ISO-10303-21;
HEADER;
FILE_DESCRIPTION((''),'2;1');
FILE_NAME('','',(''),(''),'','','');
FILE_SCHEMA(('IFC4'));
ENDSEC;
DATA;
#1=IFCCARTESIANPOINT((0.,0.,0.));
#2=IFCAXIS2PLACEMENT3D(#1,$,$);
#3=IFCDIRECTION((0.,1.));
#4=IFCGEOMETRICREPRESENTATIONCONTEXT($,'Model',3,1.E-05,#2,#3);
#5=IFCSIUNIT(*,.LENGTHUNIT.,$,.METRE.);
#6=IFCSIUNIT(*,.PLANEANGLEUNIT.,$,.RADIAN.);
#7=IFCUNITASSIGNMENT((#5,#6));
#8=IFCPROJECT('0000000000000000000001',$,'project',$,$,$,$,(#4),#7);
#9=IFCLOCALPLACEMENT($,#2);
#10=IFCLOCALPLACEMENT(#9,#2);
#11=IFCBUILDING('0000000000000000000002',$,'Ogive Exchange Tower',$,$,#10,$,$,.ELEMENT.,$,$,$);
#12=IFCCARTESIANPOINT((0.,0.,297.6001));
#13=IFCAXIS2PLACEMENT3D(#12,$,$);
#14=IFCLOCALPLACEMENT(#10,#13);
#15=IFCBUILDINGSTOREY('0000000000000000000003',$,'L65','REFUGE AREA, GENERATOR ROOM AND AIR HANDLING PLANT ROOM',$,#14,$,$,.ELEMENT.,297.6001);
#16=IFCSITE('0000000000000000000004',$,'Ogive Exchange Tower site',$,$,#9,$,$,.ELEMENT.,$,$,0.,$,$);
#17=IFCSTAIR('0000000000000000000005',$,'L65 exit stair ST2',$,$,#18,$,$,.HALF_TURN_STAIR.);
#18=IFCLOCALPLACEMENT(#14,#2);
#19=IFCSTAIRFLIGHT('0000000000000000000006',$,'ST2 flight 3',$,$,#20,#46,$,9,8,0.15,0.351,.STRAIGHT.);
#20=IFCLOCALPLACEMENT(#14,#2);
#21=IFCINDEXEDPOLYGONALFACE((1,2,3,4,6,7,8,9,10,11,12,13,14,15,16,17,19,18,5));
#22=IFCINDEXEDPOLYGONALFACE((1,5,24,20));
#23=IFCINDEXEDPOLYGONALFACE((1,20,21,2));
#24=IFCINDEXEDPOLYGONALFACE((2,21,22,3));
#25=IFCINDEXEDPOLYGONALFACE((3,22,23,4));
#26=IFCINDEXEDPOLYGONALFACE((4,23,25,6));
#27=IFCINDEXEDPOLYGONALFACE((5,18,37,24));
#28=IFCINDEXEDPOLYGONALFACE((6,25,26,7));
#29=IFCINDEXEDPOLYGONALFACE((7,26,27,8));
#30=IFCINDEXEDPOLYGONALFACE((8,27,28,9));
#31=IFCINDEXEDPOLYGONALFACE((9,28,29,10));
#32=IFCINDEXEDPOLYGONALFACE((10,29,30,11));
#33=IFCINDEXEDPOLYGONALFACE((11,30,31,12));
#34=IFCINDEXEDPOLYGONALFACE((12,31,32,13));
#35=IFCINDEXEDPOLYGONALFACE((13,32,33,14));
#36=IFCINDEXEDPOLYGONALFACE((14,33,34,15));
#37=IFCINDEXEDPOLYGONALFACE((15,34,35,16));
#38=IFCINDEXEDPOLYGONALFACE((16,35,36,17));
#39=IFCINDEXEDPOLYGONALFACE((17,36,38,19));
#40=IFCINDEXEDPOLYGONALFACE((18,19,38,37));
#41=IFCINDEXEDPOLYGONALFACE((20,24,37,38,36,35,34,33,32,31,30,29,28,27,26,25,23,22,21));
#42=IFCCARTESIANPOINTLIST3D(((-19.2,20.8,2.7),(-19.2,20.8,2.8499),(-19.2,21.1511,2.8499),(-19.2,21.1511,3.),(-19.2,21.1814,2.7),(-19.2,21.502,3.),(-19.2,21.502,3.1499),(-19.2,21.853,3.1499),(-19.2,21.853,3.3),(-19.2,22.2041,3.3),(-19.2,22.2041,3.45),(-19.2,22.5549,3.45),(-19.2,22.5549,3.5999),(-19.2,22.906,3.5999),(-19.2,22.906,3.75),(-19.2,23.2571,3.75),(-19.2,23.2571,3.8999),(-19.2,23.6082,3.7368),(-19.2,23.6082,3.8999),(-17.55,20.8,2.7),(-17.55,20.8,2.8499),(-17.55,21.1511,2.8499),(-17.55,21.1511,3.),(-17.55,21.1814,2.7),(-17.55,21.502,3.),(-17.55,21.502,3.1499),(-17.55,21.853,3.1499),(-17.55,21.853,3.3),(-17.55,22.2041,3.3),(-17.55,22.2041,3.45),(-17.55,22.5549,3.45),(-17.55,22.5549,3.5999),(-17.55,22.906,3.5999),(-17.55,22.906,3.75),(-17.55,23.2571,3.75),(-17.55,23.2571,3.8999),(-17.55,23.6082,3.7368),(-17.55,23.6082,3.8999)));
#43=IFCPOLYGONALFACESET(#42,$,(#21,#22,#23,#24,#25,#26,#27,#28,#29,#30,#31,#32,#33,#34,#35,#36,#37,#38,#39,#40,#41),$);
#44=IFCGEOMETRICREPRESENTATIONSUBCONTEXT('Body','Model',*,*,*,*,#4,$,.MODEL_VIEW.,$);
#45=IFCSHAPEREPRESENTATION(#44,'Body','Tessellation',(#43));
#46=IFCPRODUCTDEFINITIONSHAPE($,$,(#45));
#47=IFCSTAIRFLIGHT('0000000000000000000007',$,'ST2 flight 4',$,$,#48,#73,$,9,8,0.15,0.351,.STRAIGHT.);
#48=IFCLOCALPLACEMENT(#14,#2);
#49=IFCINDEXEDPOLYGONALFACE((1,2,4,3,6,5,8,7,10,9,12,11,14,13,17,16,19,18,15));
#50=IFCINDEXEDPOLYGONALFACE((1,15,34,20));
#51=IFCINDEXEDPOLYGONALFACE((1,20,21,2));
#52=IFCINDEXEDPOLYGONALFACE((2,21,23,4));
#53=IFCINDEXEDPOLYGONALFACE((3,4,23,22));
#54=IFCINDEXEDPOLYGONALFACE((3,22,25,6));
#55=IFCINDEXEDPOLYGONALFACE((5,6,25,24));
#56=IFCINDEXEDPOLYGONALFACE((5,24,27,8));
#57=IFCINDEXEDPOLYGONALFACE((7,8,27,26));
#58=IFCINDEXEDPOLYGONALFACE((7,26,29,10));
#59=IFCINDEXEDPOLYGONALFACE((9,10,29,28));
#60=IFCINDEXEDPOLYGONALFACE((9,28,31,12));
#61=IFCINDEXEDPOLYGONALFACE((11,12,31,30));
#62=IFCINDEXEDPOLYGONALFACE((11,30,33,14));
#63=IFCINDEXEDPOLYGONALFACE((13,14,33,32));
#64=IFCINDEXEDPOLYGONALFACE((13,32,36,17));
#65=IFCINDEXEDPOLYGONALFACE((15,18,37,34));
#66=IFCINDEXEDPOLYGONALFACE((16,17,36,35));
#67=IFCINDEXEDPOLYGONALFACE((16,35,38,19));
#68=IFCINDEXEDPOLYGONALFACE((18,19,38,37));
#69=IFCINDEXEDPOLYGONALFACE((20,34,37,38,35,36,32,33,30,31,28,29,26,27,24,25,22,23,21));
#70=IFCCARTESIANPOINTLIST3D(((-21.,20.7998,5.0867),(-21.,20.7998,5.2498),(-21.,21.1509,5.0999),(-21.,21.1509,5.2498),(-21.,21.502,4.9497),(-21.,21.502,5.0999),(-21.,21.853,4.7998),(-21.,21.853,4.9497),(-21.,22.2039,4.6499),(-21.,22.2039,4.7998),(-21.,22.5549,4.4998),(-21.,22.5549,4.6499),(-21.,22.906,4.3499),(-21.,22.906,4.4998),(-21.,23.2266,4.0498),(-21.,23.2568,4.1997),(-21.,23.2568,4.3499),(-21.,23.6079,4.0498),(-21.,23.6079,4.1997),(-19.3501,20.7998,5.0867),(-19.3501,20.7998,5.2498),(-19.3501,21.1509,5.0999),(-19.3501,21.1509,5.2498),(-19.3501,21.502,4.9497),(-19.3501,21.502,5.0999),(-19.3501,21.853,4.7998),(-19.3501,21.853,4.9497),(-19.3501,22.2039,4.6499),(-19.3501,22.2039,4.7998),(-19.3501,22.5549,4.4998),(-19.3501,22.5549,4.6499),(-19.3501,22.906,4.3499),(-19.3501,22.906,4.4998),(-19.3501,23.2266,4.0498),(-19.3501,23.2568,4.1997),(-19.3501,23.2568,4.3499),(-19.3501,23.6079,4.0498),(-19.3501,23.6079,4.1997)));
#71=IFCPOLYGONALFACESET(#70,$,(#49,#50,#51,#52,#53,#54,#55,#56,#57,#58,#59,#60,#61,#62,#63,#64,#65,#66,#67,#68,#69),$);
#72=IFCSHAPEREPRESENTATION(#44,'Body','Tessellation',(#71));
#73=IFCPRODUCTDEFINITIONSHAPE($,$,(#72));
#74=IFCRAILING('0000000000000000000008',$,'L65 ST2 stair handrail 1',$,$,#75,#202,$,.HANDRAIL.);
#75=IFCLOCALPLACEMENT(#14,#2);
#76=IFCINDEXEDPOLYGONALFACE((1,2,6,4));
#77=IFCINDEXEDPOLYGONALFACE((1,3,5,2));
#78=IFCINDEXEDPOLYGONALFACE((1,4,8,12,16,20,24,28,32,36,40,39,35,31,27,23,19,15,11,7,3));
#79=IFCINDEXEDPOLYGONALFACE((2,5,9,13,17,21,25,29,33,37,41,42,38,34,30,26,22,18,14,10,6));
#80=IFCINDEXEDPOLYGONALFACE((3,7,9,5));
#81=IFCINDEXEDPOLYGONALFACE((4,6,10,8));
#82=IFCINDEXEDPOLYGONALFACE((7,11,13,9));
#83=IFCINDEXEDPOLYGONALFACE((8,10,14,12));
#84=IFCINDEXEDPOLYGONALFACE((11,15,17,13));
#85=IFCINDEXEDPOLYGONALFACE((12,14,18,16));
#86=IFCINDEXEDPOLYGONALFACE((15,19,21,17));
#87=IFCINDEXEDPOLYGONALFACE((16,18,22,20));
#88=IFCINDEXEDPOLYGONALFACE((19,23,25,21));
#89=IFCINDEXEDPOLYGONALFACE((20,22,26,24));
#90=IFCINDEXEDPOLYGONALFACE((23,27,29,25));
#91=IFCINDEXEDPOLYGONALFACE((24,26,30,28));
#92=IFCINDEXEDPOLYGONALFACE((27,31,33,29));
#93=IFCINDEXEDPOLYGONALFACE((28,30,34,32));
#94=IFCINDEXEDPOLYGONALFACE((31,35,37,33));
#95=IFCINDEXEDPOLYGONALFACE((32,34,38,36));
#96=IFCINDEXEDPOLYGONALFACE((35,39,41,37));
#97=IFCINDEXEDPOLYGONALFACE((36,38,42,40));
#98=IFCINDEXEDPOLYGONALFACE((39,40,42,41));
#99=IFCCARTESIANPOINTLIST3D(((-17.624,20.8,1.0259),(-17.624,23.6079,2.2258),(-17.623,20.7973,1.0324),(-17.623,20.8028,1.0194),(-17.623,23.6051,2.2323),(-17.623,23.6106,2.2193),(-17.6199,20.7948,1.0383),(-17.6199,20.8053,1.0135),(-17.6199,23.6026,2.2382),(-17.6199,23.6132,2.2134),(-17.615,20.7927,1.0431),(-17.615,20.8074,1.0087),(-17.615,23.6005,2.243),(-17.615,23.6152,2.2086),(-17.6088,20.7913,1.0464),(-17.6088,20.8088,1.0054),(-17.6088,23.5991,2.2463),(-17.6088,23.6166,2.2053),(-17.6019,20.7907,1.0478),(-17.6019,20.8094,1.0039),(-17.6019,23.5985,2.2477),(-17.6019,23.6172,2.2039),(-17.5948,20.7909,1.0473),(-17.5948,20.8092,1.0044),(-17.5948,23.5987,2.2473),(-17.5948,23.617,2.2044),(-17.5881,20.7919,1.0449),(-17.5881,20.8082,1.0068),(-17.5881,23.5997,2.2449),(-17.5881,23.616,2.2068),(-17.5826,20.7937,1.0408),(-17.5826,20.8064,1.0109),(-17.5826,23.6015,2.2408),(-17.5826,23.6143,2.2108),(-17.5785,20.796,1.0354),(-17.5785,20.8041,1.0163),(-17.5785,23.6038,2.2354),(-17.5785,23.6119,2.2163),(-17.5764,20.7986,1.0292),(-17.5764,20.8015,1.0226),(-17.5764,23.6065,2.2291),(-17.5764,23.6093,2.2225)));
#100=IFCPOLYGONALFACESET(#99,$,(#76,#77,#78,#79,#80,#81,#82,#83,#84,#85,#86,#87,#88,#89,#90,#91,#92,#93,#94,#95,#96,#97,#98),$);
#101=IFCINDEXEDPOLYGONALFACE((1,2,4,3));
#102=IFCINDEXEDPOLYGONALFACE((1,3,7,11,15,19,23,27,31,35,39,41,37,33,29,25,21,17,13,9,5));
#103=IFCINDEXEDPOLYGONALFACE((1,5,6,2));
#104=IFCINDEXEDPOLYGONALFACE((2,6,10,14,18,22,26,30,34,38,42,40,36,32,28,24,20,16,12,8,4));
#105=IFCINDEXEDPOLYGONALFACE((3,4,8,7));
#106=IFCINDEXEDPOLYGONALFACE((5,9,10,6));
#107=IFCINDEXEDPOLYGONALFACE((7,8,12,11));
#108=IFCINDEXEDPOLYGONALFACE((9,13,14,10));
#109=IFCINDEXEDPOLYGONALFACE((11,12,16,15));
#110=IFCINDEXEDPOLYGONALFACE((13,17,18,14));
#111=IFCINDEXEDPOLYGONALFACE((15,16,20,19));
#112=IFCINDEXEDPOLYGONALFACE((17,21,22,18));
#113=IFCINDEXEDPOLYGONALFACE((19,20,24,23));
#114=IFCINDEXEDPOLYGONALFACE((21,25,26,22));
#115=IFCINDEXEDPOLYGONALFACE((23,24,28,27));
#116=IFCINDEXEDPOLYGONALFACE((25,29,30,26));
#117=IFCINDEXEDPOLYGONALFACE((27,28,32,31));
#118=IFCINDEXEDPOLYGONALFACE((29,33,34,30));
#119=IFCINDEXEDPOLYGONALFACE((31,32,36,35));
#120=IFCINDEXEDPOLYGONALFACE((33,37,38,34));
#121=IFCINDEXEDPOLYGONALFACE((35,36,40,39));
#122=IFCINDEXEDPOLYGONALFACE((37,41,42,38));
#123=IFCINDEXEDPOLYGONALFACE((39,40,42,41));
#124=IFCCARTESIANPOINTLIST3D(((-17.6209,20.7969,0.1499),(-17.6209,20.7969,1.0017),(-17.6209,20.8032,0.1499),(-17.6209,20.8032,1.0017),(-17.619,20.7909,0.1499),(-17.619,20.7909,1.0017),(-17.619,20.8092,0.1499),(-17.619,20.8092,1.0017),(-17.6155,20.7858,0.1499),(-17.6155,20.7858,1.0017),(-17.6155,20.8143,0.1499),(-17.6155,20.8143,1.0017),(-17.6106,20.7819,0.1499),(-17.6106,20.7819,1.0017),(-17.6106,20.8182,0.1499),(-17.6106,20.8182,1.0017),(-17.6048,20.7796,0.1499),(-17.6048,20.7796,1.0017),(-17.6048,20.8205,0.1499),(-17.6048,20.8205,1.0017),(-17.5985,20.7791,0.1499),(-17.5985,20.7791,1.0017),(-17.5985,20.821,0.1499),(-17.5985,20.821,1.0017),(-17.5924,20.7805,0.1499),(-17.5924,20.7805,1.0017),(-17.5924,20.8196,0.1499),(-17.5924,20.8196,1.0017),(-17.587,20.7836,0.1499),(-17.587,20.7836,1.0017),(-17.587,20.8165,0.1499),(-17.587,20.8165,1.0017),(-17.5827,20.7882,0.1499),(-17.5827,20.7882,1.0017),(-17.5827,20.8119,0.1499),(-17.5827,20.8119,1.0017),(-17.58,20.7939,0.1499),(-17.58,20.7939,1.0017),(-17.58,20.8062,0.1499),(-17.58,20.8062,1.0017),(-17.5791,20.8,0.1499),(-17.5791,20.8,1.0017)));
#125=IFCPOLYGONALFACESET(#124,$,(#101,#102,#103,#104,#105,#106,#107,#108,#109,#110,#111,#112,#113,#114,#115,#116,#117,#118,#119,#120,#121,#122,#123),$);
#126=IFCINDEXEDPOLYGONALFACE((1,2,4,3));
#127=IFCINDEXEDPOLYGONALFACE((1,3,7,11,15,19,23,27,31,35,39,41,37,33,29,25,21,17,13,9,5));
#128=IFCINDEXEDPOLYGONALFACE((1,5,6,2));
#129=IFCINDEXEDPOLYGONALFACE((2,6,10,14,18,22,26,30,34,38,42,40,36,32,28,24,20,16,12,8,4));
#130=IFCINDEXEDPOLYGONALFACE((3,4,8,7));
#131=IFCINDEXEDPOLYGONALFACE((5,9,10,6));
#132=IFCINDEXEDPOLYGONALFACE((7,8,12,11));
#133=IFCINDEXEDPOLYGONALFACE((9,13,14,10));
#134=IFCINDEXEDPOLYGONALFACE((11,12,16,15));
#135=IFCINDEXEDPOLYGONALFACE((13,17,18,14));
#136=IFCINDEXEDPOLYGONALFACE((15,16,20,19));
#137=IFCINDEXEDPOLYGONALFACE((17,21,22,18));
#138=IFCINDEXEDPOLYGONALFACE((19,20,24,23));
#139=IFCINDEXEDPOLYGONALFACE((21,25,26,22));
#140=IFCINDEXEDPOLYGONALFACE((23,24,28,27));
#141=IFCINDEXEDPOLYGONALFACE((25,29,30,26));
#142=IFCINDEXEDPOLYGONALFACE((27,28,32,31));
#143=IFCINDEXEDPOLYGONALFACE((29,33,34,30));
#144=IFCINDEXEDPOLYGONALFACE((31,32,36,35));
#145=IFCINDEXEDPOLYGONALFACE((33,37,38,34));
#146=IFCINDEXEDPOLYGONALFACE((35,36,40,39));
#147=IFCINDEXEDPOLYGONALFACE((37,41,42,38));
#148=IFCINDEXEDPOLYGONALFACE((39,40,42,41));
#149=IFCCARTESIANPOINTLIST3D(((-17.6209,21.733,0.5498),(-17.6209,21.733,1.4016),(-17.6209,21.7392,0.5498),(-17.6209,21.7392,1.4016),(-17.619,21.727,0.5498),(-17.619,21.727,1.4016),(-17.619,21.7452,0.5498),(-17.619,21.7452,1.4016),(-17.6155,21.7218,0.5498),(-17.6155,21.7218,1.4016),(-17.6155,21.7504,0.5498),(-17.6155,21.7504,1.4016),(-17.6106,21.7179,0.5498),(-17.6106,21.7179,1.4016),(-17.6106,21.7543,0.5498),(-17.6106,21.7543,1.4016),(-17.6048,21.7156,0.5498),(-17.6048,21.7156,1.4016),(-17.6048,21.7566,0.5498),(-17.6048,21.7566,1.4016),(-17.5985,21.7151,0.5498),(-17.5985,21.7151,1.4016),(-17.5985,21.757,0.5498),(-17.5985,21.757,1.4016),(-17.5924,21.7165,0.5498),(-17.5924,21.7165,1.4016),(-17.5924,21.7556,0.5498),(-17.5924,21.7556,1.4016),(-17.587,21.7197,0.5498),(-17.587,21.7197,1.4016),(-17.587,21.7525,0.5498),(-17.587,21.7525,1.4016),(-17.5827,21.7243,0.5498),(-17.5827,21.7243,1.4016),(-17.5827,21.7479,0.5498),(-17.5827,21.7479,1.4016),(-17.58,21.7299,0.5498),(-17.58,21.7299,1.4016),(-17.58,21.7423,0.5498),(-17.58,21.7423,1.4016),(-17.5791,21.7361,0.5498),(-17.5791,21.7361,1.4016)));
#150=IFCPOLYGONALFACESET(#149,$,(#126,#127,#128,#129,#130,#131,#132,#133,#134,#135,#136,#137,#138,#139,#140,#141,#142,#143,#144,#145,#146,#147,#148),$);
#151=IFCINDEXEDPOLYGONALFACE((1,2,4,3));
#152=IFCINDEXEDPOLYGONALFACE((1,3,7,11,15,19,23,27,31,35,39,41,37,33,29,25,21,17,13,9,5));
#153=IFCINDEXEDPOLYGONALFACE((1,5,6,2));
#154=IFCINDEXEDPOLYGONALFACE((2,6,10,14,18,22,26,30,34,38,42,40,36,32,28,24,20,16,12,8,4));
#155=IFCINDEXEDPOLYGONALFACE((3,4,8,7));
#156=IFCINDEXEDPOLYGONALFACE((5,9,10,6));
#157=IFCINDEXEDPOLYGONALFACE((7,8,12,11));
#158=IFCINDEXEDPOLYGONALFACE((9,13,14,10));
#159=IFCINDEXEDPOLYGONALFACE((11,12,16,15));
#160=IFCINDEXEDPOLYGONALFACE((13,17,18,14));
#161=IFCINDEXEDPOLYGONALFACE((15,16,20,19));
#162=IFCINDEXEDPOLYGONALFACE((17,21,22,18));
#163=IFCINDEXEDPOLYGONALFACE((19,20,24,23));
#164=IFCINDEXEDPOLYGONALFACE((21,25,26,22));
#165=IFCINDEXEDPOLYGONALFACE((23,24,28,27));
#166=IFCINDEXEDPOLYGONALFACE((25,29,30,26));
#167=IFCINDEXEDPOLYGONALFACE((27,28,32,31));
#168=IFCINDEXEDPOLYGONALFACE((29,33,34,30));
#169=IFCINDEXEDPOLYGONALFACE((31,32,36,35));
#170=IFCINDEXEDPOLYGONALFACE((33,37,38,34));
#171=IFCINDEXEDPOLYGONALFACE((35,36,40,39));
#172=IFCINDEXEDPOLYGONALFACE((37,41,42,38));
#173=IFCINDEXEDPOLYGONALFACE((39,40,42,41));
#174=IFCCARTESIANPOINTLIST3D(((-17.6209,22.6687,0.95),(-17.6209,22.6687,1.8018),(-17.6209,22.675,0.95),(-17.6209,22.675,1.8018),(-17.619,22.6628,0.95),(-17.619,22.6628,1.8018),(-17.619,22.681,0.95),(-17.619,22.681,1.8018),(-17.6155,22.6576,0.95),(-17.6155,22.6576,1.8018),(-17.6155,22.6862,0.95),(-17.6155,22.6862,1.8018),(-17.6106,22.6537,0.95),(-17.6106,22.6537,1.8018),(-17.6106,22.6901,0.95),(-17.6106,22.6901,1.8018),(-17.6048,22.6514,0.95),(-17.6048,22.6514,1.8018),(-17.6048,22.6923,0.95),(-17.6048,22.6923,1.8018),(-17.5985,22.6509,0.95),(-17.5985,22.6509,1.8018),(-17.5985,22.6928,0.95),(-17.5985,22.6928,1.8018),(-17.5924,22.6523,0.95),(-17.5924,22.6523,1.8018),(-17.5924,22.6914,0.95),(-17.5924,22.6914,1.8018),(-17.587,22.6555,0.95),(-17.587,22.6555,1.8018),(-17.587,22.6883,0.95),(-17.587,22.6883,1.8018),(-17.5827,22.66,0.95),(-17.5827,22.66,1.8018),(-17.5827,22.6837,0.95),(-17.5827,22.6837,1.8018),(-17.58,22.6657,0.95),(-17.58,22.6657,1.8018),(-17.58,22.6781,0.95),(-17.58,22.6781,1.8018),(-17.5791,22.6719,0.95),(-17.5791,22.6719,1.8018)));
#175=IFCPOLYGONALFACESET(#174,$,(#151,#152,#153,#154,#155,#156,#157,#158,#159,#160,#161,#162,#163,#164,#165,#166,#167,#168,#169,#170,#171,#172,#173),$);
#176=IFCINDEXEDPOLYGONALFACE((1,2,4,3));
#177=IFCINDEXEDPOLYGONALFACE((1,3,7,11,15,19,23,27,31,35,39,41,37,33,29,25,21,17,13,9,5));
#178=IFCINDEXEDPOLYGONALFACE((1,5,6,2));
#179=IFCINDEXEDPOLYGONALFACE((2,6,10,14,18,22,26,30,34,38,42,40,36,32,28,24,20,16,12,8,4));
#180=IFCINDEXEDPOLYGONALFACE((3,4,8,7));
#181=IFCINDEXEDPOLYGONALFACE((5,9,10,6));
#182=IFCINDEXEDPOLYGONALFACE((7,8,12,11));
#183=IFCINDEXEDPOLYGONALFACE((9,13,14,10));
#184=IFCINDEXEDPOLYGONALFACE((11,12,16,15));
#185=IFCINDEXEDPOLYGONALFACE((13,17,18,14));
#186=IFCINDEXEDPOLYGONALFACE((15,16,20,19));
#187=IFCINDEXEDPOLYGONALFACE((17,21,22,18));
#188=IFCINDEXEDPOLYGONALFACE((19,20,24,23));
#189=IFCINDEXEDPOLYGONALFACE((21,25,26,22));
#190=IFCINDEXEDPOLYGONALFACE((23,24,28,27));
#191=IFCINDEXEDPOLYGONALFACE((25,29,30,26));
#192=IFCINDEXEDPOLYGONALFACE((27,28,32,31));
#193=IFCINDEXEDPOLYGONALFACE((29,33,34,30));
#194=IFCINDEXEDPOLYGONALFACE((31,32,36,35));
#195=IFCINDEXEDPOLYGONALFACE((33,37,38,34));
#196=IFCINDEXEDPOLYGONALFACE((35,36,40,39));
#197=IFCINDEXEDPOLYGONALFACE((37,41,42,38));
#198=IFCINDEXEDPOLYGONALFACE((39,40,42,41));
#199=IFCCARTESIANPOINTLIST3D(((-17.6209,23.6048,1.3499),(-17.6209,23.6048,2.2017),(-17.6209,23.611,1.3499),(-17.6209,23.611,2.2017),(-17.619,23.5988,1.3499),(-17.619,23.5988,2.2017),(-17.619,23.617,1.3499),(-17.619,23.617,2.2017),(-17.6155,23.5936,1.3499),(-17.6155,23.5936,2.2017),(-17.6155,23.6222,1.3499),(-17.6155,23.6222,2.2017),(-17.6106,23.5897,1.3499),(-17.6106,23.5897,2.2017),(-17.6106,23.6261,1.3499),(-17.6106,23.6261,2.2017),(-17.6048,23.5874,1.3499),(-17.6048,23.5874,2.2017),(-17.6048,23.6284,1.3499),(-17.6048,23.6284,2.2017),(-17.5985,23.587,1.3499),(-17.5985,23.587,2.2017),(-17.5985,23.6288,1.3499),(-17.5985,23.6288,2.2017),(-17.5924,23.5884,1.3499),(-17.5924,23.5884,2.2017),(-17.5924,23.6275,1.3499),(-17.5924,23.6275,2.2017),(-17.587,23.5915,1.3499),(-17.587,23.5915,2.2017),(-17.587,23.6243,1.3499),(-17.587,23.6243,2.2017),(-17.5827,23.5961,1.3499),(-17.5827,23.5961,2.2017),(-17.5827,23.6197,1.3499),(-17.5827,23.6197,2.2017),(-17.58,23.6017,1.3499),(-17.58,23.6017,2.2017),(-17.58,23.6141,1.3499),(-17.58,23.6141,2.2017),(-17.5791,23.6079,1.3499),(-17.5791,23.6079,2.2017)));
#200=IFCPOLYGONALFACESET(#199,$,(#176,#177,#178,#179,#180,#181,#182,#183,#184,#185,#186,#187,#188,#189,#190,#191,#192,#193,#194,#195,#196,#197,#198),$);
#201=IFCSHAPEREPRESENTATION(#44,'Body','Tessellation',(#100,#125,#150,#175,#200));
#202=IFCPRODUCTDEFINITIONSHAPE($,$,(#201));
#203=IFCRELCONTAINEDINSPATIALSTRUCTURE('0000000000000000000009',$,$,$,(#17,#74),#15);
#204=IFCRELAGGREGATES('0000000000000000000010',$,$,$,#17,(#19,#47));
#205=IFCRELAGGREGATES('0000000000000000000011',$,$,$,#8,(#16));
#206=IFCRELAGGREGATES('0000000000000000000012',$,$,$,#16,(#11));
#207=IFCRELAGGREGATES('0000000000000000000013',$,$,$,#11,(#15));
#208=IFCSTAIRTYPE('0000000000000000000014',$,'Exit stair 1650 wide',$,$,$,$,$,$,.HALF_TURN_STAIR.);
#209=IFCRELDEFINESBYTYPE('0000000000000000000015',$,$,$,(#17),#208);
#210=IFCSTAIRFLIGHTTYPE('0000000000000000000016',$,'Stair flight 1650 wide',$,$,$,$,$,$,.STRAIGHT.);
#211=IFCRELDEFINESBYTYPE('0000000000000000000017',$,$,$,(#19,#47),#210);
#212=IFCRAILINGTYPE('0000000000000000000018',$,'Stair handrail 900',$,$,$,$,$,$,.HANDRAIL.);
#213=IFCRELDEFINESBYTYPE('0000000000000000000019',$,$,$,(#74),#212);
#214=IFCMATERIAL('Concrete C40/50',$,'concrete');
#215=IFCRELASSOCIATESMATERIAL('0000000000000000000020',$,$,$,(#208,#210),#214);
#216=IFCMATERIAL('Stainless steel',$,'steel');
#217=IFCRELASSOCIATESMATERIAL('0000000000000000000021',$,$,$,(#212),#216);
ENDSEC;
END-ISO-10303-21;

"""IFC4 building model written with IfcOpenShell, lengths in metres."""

from ifc_helpers import new_model, si_unit, direction, frame, origin, origin_2d, place, context, subcontext, project, spatial, polyline, circle, outline, extrude, material, type_object, element, aggregate, save


model = new_model("IFC4")

# Units and contexts
model_context = context("Model", 3, precision=1e-05, world=origin(), true_north=direction((0.0, 1.0)))
body_context = subcontext(model_context, "Body", "Model", "MODEL_VIEW")
ifc_project = project(units=[si_unit("LENGTHUNIT", "METRE"), si_unit("PLANEANGLEUNIT", "RADIAN")], contexts=[model_context])

# Site, building, storey
site_placement = place(None, origin())
site = spatial("IfcSite", under=ifc_project, at=site_placement, Name="Ogive Exchange Tower site", CompositionType="ELEMENT", RefElevation=0.0)
building_placement = place(site_placement, origin())
building = spatial("IfcBuilding", under=site, at=building_placement, Name="Ogive Exchange Tower", CompositionType="ELEMENT")
storey_placement = place(building_placement, frame((0.0, 0.0, 297.6001)))
storey = spatial("IfcBuildingStorey", under=building, at=storey_placement, Name="L65", Description="REFUGE AREA, GENERATOR ROOM AND AIR HANDLING PLANT ROOM", CompositionType="ELEMENT", Elevation=297.6001)

# Stair, stair flights
ifc_material_1 = material(Name="Concrete C40/50", Category="concrete")
stair_type = type_object("IfcStairType", Name="Exit stair 1650 wide", PredefinedType="HALF_TURN_STAIR", material=ifc_material_1)
stair_placement = place(storey_placement, origin())
stair = element("IfcStair", 1, at=stair_placement, inside=storey, type_object=stair_type, Name="L65 exit stair ST2", PredefinedType="HALF_TURN_STAIR")
stair_flight_type = type_object("IfcStairFlightType", Name="Stair flight 1650 wide", PredefinedType="STRAIGHT", material=ifc_material_1)
stair_flight_1_placement = place(storey_placement, frame((-18.375, 20.8, 2.7), z_axis=(0.0, 0.0, 1.0), x_axis=(0.0, 1.0, 0.0)))
stair_flight_1 = element("IfcStairFlight", 2, at=stair_flight_1_placement, type_object=stair_flight_type, Name="ST2 flight 3", NumberOfRisers=9, NumberOfTreads=8, PredefinedType="STRAIGHT", RiserHeight=0.15, TreadLength=0.351, context=body_context, shape_type="SweptSolid", body=[
    extrude(outline(polyline([(0.0, 0.0), (0.0, 0.1499), (0.3511, 0.1499), (0.3511, 0.3), (0.7019, 0.3), (0.7019, 0.45), (1.053, 0.45), (1.053, 0.6001), (1.4041, 0.6001), (1.4041, 0.75), (1.7549, 0.75), (1.7549, 0.8999), (2.106, 0.8999), (2.106, 1.05), (2.457, 1.05), (2.457, 1.2), (2.8081, 1.2), (2.8081, 1.3501), (2.8081, 1.0369), (0.3813, 0.0), (0.0, 0.0)])), frame((0.0, 0.825, 0.0), z_axis=(0.0, -1.0, 0.0), x_axis=(1.0, 0.0, 0.0)), (0.0, 0.0, 1.0), 1.6499),
])
stair_flight_2_placement = place(storey_placement, frame((-20.175, 23.6079, 4.0498), z_axis=(0.0, 0.0, 1.0), x_axis=(0.0, -1.0, 0.0)))
stair_flight_2 = element("IfcStairFlight", 3, at=stair_flight_2_placement, type_object=stair_flight_type, Name="ST2 flight 4", NumberOfRisers=9, NumberOfTreads=8, PredefinedType="STRAIGHT", RiserHeight=0.15, TreadLength=0.351, context=body_context, shape_type="SweptSolid", body=[
    extrude(outline(polyline([(0.0, 0.0), (0.0, 0.1499), (0.3511, 0.1499), (0.3511, 0.3), (0.7019, 0.3), (0.7019, 0.45), (1.053, 0.45), (1.053, 0.6001), (1.4041, 0.6001), (1.4041, 0.75), (1.7549, 0.75), (1.7549, 0.8999), (2.106, 0.8999), (2.106, 1.05), (2.457, 1.05), (2.457, 1.2), (2.8081, 1.2), (2.8081, 1.3501), (2.8081, 1.0369), (0.3813, 0.0), (0.0, 0.0)])), frame((0.0, 0.825, 0.0), z_axis=(0.0, -1.0, 0.0), x_axis=(1.0, 0.0, 0.0)), (0.0, 0.0, 1.0), 1.6499),
])
aggregate(stair, [stair_flight_1, stair_flight_2])

# Railing
ifc_material_2 = material(Name="Stainless steel", Category="steel")
railing_type = type_object("IfcRailingType", Name="Stair handrail 900", PredefinedType="HANDRAIL", material=ifc_material_2)
for number, where, name in (
    (4, (-17.6001, 20.8, 0.1499), "L65 ST2 stair handrail 1"),
):
    element("IfcRailing", number, at=place(storey_placement, frame(where)), inside=storey, type_object=railing_type, Name=name, PredefinedType="HANDRAIL", context=body_context, shape_type="SweptSolid", body=[
        extrude(circle(Radius=0.0239, at=origin_2d()), frame((0.0, 0.0, 0.876), z_axis=(0.0, 0.91955, 0.392973), x_axis=(-1.0, 0.0, 0.0)), (0.0, 0.0, 1.0), 3.0535),
        extrude(circle(Radius=0.021, at=origin_2d()), origin(), (0.0, 0.0, 1.0), 0.8518),
        extrude(circle(Radius=0.021, at=origin_2d()), frame((0.0, 0.936, 0.3999)), (0.0, 0.0, 1.0), 0.8518),
        extrude(circle(Radius=0.021, at=origin_2d()), frame((0.0, 1.8718, 0.8)), (0.0, 0.0, 1.0), 0.8518),
        extrude(circle(Radius=0.021, at=origin_2d()), frame((0.0, 2.8079, 1.2)), (0.0, 0.0, 1.0), 0.8518),
    ])

save(model, "model.ifc")
